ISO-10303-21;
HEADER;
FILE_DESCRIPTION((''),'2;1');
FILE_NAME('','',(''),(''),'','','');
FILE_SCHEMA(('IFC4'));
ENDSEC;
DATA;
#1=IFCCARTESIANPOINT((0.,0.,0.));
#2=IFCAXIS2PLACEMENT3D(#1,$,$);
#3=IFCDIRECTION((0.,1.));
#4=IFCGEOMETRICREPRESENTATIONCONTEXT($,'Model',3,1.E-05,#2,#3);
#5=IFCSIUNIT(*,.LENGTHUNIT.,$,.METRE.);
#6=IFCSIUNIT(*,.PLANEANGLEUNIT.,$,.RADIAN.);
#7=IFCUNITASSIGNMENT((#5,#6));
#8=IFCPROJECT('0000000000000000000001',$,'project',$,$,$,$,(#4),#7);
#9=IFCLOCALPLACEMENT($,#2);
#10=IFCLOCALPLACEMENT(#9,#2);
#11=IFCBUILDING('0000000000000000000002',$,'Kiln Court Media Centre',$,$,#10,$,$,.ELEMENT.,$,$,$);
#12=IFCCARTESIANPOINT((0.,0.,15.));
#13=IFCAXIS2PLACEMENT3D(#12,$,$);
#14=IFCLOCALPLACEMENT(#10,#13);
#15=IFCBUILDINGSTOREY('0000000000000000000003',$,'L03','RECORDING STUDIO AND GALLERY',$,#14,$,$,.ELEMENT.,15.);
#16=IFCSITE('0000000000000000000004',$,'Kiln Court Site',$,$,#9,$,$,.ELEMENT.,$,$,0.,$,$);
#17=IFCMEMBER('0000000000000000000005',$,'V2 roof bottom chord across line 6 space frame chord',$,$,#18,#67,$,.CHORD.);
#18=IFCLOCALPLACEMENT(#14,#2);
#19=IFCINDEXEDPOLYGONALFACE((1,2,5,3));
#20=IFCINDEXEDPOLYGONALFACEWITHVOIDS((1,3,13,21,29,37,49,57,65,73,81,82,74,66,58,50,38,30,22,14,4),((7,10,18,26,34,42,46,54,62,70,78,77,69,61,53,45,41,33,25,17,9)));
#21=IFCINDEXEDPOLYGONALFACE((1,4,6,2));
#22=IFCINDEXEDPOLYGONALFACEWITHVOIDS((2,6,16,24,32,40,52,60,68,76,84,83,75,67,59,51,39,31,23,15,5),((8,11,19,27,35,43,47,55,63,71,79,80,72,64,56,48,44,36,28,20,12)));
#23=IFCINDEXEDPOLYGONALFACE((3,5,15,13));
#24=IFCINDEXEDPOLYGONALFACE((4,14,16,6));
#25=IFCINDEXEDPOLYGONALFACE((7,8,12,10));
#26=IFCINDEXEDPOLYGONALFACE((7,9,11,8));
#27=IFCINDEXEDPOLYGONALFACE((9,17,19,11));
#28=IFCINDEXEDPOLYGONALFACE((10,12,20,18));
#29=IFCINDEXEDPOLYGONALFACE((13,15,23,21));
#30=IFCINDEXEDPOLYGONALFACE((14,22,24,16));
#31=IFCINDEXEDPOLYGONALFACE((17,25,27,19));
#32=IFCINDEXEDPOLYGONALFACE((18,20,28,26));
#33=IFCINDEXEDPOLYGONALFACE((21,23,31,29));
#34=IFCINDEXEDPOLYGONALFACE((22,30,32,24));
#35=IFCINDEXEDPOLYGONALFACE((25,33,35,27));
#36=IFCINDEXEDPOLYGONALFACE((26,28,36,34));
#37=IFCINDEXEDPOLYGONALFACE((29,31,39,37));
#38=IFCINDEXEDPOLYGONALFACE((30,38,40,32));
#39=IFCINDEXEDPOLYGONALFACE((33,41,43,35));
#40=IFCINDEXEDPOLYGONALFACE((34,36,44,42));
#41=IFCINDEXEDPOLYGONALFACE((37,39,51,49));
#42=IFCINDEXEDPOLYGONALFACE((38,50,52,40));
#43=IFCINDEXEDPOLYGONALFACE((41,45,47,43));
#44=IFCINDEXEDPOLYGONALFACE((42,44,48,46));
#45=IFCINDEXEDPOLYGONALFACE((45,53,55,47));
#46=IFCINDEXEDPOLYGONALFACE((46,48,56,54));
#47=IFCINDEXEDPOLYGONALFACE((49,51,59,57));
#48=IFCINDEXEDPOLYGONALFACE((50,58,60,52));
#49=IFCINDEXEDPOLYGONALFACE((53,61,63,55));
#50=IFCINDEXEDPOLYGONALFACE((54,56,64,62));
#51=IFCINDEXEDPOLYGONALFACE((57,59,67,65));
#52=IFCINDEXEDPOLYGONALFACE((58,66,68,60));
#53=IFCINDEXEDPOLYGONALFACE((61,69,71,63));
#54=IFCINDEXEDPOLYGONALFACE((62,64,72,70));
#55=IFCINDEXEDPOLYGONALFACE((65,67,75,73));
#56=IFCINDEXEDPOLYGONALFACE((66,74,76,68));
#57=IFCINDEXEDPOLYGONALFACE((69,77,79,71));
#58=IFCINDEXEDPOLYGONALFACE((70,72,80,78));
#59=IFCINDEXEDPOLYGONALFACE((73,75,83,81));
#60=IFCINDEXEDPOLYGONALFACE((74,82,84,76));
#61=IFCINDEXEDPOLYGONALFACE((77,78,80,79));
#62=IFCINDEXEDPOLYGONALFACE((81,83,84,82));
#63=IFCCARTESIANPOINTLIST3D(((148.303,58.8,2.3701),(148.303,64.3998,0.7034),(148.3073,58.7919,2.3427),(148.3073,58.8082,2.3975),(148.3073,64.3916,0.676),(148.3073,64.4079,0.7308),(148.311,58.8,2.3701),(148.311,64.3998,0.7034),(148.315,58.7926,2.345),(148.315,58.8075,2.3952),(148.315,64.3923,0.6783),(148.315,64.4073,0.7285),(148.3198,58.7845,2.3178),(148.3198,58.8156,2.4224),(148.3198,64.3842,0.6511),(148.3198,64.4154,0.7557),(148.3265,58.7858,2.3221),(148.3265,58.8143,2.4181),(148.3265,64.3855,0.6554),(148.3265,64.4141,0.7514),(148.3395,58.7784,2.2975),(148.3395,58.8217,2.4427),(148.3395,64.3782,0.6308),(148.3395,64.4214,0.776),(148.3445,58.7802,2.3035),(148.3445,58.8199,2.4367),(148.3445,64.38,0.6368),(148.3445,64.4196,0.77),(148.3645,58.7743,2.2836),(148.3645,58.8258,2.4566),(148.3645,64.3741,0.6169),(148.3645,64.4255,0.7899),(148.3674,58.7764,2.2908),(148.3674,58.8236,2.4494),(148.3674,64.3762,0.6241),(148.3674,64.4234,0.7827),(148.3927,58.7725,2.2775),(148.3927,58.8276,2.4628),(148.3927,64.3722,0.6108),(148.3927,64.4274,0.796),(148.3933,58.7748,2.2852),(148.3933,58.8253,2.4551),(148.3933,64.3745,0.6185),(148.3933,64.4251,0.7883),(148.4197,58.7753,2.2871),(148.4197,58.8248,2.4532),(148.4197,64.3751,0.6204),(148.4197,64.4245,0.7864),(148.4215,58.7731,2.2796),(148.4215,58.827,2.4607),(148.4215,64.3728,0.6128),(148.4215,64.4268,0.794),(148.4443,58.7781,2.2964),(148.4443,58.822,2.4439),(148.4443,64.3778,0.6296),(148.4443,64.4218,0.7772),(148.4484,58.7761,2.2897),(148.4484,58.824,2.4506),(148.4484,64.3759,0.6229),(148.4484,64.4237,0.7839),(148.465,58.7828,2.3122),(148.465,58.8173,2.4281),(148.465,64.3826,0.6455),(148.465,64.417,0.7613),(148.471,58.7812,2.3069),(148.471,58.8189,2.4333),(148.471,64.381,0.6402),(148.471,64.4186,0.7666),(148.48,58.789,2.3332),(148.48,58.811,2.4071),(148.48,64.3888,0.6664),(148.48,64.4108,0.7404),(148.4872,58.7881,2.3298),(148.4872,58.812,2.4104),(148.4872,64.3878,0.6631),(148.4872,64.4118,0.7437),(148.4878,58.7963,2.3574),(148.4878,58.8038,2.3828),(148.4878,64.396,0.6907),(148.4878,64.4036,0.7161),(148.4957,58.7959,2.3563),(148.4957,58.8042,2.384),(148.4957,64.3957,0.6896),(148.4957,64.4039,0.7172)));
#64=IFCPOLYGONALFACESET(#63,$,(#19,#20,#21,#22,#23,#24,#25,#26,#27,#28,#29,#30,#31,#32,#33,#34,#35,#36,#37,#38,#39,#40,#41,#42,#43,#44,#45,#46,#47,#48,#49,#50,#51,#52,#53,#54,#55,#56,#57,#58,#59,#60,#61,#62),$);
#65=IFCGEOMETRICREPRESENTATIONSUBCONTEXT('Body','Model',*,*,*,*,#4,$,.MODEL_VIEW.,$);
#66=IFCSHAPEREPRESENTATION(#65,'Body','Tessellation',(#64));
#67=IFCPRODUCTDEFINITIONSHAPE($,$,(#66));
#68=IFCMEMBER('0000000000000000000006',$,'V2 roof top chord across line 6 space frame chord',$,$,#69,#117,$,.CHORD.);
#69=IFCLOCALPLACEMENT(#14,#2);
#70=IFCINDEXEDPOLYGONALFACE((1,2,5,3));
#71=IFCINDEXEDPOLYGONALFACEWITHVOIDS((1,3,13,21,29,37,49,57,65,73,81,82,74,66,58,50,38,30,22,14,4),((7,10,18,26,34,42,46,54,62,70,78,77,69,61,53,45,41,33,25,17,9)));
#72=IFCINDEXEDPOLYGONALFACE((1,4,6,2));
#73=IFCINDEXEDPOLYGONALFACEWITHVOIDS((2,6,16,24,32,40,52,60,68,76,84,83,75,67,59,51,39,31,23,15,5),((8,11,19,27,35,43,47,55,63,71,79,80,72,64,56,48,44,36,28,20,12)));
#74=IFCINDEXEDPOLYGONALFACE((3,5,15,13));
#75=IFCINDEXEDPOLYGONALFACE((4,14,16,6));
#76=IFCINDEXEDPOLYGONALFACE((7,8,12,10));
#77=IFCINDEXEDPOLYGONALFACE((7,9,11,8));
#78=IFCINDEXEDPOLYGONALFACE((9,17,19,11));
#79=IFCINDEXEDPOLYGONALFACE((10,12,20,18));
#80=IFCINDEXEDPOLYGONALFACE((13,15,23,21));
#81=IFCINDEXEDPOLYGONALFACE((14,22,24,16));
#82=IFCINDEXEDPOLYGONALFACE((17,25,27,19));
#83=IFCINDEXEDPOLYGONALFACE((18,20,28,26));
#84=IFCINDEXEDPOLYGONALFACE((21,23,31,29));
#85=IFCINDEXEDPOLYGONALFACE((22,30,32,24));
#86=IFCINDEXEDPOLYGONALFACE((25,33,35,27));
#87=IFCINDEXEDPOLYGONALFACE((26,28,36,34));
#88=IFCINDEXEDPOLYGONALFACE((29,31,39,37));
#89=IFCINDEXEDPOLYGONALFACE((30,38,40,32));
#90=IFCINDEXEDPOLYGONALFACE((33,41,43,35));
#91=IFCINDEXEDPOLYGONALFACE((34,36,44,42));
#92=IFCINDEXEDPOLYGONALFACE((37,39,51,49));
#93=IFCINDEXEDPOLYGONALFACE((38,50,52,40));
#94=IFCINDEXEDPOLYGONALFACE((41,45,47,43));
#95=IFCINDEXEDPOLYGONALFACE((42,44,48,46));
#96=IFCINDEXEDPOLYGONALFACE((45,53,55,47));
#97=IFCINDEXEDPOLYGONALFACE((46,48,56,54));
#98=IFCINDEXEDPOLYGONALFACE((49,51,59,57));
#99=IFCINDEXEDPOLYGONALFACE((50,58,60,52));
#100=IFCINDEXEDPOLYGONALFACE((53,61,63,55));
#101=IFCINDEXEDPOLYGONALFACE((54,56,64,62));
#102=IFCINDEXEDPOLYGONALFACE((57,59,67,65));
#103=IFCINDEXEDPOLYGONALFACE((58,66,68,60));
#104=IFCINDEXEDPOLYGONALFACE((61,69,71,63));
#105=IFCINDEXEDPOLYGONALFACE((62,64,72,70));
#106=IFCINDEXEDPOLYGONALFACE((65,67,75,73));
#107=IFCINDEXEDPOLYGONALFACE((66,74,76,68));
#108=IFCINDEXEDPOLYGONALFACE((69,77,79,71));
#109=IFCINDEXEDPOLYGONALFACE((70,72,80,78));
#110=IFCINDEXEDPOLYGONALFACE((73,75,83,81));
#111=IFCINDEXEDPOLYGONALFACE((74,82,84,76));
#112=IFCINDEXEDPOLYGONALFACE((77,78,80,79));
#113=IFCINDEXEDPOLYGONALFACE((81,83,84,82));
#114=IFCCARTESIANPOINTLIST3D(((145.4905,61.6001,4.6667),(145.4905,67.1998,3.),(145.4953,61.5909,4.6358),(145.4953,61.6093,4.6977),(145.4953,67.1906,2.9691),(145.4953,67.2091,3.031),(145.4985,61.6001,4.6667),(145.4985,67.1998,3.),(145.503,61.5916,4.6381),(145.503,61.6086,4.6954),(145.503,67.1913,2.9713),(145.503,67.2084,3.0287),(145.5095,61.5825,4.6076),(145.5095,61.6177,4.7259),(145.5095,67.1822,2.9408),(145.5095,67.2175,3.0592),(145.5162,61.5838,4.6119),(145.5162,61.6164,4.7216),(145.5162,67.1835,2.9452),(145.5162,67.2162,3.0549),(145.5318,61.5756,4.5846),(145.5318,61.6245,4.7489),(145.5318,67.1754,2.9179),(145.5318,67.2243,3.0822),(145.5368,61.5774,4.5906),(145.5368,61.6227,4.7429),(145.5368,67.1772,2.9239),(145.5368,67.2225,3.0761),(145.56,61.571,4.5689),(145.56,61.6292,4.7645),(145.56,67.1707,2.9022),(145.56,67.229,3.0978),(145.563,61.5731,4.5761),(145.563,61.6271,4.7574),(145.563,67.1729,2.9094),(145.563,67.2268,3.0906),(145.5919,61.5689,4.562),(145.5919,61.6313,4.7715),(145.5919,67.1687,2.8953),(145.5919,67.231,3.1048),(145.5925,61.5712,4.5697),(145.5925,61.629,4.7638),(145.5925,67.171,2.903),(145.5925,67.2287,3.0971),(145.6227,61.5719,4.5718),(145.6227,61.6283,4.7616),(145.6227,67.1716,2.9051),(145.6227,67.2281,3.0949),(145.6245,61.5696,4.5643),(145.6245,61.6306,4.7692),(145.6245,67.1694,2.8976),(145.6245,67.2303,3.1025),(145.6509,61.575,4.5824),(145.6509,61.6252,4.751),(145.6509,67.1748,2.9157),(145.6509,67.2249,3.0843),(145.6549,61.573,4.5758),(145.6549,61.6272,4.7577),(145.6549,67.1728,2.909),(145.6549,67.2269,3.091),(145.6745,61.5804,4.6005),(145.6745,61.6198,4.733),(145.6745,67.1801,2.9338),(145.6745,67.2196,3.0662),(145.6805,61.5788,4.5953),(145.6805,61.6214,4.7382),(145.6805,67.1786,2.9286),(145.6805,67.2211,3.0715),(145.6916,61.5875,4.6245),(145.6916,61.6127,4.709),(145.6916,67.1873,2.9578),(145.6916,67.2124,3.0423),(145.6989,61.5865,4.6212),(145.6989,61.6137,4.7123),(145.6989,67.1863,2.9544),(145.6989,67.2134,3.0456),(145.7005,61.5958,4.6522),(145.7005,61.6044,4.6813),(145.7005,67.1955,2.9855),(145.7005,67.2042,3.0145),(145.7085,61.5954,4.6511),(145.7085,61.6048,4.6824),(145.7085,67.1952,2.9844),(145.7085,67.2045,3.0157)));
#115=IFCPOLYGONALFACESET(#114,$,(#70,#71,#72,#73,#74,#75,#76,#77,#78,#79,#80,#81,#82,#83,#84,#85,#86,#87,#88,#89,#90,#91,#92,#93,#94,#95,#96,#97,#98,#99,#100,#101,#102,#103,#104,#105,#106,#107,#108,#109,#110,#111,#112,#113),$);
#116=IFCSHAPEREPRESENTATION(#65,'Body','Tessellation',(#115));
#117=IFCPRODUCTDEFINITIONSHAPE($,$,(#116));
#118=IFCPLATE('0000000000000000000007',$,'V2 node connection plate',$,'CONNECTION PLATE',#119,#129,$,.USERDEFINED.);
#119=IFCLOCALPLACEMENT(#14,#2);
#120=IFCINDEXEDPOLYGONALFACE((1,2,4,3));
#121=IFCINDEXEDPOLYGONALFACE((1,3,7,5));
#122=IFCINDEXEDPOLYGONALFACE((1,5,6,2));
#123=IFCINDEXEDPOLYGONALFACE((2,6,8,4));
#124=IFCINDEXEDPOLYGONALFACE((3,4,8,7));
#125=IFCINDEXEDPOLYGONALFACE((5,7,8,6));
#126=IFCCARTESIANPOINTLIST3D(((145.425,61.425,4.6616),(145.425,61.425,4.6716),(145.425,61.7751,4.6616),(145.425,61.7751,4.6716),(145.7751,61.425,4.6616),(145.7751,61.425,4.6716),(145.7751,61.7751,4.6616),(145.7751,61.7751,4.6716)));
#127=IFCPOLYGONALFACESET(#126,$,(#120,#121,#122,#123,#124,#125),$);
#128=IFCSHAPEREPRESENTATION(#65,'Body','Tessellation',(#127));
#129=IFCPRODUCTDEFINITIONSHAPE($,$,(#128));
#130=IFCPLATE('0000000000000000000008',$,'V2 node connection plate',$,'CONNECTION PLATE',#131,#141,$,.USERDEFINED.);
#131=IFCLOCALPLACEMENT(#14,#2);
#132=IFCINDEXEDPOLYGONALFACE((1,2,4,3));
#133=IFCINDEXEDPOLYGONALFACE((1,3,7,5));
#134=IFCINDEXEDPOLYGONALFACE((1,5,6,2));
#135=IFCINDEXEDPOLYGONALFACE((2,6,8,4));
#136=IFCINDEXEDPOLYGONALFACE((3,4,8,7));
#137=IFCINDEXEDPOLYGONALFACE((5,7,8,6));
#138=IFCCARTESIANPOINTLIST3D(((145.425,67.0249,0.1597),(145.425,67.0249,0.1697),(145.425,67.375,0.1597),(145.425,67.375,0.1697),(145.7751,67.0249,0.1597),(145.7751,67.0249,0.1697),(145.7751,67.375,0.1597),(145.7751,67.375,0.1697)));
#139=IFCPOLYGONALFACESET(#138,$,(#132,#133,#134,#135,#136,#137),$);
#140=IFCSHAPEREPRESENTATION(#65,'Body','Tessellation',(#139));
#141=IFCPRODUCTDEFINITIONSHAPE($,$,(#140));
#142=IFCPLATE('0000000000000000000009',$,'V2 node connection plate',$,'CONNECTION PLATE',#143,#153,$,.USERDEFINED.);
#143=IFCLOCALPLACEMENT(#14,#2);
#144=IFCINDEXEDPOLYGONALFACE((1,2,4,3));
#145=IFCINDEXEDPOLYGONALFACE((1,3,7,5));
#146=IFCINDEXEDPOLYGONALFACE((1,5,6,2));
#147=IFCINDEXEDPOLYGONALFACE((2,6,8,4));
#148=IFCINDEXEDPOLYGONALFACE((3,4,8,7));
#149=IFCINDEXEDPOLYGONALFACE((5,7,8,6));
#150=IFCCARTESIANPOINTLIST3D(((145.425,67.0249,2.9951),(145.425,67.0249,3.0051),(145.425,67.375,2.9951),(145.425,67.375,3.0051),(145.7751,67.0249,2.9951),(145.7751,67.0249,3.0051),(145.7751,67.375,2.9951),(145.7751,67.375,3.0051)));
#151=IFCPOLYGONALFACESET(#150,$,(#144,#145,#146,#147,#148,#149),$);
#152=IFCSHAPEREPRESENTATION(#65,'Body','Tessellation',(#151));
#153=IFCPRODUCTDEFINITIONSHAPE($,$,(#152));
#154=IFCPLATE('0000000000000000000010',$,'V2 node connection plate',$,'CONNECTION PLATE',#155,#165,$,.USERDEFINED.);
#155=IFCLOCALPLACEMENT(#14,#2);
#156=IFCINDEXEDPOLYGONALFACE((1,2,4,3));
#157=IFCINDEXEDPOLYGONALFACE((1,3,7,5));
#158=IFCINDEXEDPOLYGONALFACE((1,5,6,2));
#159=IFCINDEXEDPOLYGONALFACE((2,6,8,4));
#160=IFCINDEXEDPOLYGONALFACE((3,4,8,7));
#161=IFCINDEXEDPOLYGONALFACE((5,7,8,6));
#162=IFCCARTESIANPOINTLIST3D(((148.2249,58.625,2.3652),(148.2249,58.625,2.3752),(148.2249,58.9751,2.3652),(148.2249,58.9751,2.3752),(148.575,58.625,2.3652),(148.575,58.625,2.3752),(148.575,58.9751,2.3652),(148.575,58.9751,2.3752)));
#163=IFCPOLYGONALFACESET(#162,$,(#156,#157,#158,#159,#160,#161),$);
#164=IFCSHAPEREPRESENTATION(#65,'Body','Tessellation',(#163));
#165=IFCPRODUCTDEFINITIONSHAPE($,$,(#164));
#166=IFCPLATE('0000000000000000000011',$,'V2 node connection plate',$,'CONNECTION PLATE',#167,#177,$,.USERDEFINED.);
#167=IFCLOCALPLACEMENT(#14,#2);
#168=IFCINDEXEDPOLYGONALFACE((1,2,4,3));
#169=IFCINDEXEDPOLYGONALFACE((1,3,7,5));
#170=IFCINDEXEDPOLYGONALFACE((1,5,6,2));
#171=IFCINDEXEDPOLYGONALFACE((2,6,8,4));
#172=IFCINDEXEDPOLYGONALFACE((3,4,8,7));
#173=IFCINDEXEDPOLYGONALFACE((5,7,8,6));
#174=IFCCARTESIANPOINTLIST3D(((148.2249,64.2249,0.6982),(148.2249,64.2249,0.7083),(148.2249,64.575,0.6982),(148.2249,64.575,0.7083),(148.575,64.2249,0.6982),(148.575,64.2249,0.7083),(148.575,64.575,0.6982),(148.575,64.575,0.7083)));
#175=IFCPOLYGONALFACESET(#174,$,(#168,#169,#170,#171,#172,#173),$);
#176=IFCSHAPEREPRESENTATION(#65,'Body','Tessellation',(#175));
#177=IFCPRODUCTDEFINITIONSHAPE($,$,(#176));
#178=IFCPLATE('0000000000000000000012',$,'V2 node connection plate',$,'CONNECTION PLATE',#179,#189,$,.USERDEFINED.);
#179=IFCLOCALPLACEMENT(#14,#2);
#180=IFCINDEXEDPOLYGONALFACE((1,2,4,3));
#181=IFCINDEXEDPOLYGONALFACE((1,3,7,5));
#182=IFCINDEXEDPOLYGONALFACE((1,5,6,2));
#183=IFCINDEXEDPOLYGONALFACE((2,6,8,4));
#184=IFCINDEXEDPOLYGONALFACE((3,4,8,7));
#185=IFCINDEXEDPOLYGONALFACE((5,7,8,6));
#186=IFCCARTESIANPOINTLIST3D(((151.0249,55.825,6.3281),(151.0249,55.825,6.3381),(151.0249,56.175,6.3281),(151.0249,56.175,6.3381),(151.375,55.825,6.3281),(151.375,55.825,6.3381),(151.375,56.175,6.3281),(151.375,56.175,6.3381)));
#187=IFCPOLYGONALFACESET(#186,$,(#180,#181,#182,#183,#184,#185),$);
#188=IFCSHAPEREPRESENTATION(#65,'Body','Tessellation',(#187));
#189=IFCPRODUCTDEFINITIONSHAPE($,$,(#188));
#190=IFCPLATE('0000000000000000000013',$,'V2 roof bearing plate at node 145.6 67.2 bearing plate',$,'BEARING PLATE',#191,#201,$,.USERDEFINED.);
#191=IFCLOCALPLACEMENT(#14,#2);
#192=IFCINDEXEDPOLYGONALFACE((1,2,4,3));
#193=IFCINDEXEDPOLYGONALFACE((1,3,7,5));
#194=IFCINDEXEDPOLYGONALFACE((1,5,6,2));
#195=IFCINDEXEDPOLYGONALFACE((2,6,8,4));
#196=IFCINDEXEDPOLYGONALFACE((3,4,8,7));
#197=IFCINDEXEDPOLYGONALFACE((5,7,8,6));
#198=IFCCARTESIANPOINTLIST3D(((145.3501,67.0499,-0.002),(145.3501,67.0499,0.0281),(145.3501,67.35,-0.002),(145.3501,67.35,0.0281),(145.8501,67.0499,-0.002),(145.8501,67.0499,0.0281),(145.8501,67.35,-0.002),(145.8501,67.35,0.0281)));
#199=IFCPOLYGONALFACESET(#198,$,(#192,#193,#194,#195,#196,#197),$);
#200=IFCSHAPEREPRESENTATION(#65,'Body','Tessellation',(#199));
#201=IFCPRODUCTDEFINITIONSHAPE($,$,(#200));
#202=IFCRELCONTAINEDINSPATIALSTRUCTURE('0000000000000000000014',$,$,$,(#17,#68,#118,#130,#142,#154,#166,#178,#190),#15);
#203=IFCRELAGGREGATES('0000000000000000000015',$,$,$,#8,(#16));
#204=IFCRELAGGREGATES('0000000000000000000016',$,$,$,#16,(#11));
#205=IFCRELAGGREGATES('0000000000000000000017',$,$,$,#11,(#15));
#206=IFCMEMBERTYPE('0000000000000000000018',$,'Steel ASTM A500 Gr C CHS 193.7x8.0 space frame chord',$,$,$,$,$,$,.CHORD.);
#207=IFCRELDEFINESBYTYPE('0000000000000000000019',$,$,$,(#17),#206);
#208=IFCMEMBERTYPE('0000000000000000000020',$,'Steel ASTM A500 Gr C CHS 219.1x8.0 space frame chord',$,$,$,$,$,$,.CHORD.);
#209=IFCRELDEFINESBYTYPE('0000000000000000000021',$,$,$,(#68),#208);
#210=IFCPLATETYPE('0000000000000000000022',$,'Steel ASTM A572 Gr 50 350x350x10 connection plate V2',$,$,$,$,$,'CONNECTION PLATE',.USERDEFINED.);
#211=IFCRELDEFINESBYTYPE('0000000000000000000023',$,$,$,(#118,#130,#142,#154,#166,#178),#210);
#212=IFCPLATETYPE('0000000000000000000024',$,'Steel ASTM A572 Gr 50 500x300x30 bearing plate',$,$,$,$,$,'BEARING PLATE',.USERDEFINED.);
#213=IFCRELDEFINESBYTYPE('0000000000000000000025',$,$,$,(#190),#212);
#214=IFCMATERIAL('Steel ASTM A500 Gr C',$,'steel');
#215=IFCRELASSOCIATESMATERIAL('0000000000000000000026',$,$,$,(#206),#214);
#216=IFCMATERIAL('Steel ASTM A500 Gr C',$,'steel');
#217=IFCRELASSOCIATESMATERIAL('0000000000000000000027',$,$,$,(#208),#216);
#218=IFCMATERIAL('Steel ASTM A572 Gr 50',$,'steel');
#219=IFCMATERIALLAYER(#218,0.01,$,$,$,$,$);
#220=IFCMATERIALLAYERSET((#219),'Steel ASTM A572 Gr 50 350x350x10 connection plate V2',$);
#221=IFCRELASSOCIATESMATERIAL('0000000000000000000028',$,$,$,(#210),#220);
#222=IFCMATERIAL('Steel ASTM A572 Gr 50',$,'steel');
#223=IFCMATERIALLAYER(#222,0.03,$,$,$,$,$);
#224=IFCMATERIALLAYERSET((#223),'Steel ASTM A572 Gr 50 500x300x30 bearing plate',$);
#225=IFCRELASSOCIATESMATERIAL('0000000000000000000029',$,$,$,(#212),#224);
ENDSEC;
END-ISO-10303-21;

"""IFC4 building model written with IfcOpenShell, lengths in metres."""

from ifc_helpers import new_model, si_unit, direction, frame, origin, origin_2d, place, context, subcontext, project, spatial, rectangle, hollow_circle, extrude, material, layer, layer_set, material_profile, profile_set, type_object, element, save


model = new_model("IFC4")

# Units and contexts
model_context = context("Model", 3, precision=1e-05, world=origin(), true_north=direction((0.0, 1.0)))
body_context = subcontext(model_context, "Body", "Model", "MODEL_VIEW")
ifc_project = project(units=[si_unit("LENGTHUNIT", "METRE"), si_unit("PLANEANGLEUNIT", "RADIAN")], contexts=[model_context])

# Site, building, storey
site_placement = place(None, origin())
site = spatial("IfcSite", under=ifc_project, at=site_placement, Name="Kiln Court Site", CompositionType="ELEMENT", RefElevation=0.0)
building_placement = place(site_placement, origin())
building = spatial("IfcBuilding", under=site, at=building_placement, Name="Kiln Court Media Centre", CompositionType="ELEMENT")
storey_placement = place(building_placement, frame((0.0, 0.0, 15.0)))
storey = spatial("IfcBuildingStorey", under=building, at=storey_placement, Name="L03", Description="RECORDING STUDIO AND GALLERY", CompositionType="ELEMENT", Elevation=15.0)

# Members
ifc_material_1 = material(Name="Steel ASTM A500 Gr C", Category="steel")
ifc_material_profile_1 = material_profile(ifc_material_1, hollow_circle(Radius=0.0969, WallThickness=0.0081, at=origin_2d()), Name="CHS 193.7x8.0")
ifc_profile_set_1 = profile_set([ifc_material_profile_1], Name="Steel ASTM A500 Gr C")
member_type_1 = type_object("IfcMemberType", Name="Steel ASTM A500 Gr C CHS 193.7x8.0 space frame chord", PredefinedType="CHORD", material=ifc_profile_set_1)
member_1_placement = place(storey_placement, frame((148.3999, 58.8, 2.3701), z_axis=(0.0, 0.958446, -0.285273), x_axis=(-1.0, 0.0, 0.0)))
element("IfcMember", 1, at=member_1_placement, inside=storey, type_object=member_type_1, Name="V2 roof bottom chord across line 6 space frame chord", PredefinedType="CHORD", context=body_context, shape_type="SweptSolid", body=[
    extrude(hollow_circle(Radius=0.0969, WallThickness=0.0081, at=origin_2d()), origin(), (0.0, 0.0, 1.0), 5.8425),
])
ifc_material_2 = material(Name="Steel ASTM A500 Gr C", Category="steel")
ifc_material_profile_2 = material_profile(ifc_material_2, hollow_circle(Radius=0.1096, WallThickness=0.0081, at=origin_2d()), Name="CHS 219.1x8.0")
ifc_profile_set_2 = profile_set([ifc_material_profile_2], Name="Steel ASTM A500 Gr C")
member_type_2 = type_object("IfcMemberType", Name="Steel ASTM A500 Gr C CHS 219.1x8.0 space frame chord", PredefinedType="CHORD", material=ifc_profile_set_2)
member_2_placement = place(storey_placement, frame((145.6001, 61.6001, 4.6667), z_axis=(0.0, 0.958446, -0.285273), x_axis=(-1.0, 0.0, 0.0)))
element("IfcMember", 2, at=member_2_placement, inside=storey, type_object=member_type_2, Name="V2 roof top chord across line 6 space frame chord", PredefinedType="CHORD", context=body_context, shape_type="SweptSolid", body=[
    extrude(hollow_circle(Radius=0.1096, WallThickness=0.0081, at=origin_2d()), origin(), (0.0, 0.0, 1.0), 5.8425),
])

# Plates
ifc_material_3 = material(Name="Steel ASTM A572 Gr 50", Category="steel")
ifc_layer_1 = layer(ifc_material_3, 0.01)
ifc_layer_set_1 = layer_set([ifc_layer_1], Name="Steel ASTM A572 Gr 50 350x350x10 connection plate V2")
plate_type_1 = type_object("IfcPlateType", Name="Steel ASTM A572 Gr 50 350x350x10 connection plate V2", ElementType="CONNECTION PLATE", PredefinedType="USERDEFINED", material=ifc_layer_set_1)
for number, where, z_axis, x_axis, name in (
    (3, (145.6001, 61.6001, 4.6616), (0.0, 0.0, 1.0), (1.0, 0.0, 0.0), "V2 node connection plate"),
    (4, (145.6001, 67.2, 0.1597), (0.0, 0.0, 1.0), (1.0, 0.0, 0.0), "V2 node connection plate"),
    (5, (145.6001, 67.2, 2.9951), (0.0, 0.0, 1.0), (1.0, 0.0, 0.0), "V2 node connection plate"),
    (6, (148.3999, 58.8, 2.3652), (0.0, 0.0, 1.0), (1.0, 0.0, 0.0), "V2 node connection plate"),
    (7, (148.3999, 64.3999, 0.6982), (0.0, 0.0, 1.0), (1.0, 0.0, 0.0), "V2 node connection plate"),
    (8, (151.2, 56.0, 6.3281), (0.0, 0.0, 1.0), (1.0, 0.0, 0.0), "V2 node connection plate"),
):
    element("IfcPlate", number, at=place(storey_placement, frame(where, z_axis=z_axis, x_axis=x_axis)), inside=storey, type_object=plate_type_1, Name=name, ObjectType="CONNECTION PLATE", PredefinedType="USERDEFINED", context=body_context, shape_type="SweptSolid", body=[
        extrude(rectangle(XDim=0.3501, YDim=0.3501, at=origin_2d()), origin(), (0.0, 0.0, 1.0), 0.01),
    ])
ifc_material_4 = material(Name="Steel ASTM A572 Gr 50", Category="steel")
ifc_layer_2 = layer(ifc_material_4, 0.03)
ifc_layer_set_2 = layer_set([ifc_layer_2], Name="Steel ASTM A572 Gr 50 500x300x30 bearing plate")
plate_type_2 = type_object("IfcPlateType", Name="Steel ASTM A572 Gr 50 500x300x30 bearing plate", ElementType="BEARING PLATE", PredefinedType="USERDEFINED", material=ifc_layer_set_2)
plate_placement = place(storey_placement, frame((145.6001, 67.2, -0.002), z_axis=(0.0, 0.0, 1.0), x_axis=(1.0, 0.0, 0.0)))
element("IfcPlate", 9, at=plate_placement, inside=storey, type_object=plate_type_2, Name="V2 roof bearing plate at node 145.6 67.2 bearing plate", ObjectType="BEARING PLATE", PredefinedType="USERDEFINED", context=body_context, shape_type="SweptSolid", body=[
    extrude(rectangle(XDim=0.5, YDim=0.3, at=origin_2d()), origin(), (0.0, 0.0, 1.0), 0.03),
])

save(model, "model.ifc")
